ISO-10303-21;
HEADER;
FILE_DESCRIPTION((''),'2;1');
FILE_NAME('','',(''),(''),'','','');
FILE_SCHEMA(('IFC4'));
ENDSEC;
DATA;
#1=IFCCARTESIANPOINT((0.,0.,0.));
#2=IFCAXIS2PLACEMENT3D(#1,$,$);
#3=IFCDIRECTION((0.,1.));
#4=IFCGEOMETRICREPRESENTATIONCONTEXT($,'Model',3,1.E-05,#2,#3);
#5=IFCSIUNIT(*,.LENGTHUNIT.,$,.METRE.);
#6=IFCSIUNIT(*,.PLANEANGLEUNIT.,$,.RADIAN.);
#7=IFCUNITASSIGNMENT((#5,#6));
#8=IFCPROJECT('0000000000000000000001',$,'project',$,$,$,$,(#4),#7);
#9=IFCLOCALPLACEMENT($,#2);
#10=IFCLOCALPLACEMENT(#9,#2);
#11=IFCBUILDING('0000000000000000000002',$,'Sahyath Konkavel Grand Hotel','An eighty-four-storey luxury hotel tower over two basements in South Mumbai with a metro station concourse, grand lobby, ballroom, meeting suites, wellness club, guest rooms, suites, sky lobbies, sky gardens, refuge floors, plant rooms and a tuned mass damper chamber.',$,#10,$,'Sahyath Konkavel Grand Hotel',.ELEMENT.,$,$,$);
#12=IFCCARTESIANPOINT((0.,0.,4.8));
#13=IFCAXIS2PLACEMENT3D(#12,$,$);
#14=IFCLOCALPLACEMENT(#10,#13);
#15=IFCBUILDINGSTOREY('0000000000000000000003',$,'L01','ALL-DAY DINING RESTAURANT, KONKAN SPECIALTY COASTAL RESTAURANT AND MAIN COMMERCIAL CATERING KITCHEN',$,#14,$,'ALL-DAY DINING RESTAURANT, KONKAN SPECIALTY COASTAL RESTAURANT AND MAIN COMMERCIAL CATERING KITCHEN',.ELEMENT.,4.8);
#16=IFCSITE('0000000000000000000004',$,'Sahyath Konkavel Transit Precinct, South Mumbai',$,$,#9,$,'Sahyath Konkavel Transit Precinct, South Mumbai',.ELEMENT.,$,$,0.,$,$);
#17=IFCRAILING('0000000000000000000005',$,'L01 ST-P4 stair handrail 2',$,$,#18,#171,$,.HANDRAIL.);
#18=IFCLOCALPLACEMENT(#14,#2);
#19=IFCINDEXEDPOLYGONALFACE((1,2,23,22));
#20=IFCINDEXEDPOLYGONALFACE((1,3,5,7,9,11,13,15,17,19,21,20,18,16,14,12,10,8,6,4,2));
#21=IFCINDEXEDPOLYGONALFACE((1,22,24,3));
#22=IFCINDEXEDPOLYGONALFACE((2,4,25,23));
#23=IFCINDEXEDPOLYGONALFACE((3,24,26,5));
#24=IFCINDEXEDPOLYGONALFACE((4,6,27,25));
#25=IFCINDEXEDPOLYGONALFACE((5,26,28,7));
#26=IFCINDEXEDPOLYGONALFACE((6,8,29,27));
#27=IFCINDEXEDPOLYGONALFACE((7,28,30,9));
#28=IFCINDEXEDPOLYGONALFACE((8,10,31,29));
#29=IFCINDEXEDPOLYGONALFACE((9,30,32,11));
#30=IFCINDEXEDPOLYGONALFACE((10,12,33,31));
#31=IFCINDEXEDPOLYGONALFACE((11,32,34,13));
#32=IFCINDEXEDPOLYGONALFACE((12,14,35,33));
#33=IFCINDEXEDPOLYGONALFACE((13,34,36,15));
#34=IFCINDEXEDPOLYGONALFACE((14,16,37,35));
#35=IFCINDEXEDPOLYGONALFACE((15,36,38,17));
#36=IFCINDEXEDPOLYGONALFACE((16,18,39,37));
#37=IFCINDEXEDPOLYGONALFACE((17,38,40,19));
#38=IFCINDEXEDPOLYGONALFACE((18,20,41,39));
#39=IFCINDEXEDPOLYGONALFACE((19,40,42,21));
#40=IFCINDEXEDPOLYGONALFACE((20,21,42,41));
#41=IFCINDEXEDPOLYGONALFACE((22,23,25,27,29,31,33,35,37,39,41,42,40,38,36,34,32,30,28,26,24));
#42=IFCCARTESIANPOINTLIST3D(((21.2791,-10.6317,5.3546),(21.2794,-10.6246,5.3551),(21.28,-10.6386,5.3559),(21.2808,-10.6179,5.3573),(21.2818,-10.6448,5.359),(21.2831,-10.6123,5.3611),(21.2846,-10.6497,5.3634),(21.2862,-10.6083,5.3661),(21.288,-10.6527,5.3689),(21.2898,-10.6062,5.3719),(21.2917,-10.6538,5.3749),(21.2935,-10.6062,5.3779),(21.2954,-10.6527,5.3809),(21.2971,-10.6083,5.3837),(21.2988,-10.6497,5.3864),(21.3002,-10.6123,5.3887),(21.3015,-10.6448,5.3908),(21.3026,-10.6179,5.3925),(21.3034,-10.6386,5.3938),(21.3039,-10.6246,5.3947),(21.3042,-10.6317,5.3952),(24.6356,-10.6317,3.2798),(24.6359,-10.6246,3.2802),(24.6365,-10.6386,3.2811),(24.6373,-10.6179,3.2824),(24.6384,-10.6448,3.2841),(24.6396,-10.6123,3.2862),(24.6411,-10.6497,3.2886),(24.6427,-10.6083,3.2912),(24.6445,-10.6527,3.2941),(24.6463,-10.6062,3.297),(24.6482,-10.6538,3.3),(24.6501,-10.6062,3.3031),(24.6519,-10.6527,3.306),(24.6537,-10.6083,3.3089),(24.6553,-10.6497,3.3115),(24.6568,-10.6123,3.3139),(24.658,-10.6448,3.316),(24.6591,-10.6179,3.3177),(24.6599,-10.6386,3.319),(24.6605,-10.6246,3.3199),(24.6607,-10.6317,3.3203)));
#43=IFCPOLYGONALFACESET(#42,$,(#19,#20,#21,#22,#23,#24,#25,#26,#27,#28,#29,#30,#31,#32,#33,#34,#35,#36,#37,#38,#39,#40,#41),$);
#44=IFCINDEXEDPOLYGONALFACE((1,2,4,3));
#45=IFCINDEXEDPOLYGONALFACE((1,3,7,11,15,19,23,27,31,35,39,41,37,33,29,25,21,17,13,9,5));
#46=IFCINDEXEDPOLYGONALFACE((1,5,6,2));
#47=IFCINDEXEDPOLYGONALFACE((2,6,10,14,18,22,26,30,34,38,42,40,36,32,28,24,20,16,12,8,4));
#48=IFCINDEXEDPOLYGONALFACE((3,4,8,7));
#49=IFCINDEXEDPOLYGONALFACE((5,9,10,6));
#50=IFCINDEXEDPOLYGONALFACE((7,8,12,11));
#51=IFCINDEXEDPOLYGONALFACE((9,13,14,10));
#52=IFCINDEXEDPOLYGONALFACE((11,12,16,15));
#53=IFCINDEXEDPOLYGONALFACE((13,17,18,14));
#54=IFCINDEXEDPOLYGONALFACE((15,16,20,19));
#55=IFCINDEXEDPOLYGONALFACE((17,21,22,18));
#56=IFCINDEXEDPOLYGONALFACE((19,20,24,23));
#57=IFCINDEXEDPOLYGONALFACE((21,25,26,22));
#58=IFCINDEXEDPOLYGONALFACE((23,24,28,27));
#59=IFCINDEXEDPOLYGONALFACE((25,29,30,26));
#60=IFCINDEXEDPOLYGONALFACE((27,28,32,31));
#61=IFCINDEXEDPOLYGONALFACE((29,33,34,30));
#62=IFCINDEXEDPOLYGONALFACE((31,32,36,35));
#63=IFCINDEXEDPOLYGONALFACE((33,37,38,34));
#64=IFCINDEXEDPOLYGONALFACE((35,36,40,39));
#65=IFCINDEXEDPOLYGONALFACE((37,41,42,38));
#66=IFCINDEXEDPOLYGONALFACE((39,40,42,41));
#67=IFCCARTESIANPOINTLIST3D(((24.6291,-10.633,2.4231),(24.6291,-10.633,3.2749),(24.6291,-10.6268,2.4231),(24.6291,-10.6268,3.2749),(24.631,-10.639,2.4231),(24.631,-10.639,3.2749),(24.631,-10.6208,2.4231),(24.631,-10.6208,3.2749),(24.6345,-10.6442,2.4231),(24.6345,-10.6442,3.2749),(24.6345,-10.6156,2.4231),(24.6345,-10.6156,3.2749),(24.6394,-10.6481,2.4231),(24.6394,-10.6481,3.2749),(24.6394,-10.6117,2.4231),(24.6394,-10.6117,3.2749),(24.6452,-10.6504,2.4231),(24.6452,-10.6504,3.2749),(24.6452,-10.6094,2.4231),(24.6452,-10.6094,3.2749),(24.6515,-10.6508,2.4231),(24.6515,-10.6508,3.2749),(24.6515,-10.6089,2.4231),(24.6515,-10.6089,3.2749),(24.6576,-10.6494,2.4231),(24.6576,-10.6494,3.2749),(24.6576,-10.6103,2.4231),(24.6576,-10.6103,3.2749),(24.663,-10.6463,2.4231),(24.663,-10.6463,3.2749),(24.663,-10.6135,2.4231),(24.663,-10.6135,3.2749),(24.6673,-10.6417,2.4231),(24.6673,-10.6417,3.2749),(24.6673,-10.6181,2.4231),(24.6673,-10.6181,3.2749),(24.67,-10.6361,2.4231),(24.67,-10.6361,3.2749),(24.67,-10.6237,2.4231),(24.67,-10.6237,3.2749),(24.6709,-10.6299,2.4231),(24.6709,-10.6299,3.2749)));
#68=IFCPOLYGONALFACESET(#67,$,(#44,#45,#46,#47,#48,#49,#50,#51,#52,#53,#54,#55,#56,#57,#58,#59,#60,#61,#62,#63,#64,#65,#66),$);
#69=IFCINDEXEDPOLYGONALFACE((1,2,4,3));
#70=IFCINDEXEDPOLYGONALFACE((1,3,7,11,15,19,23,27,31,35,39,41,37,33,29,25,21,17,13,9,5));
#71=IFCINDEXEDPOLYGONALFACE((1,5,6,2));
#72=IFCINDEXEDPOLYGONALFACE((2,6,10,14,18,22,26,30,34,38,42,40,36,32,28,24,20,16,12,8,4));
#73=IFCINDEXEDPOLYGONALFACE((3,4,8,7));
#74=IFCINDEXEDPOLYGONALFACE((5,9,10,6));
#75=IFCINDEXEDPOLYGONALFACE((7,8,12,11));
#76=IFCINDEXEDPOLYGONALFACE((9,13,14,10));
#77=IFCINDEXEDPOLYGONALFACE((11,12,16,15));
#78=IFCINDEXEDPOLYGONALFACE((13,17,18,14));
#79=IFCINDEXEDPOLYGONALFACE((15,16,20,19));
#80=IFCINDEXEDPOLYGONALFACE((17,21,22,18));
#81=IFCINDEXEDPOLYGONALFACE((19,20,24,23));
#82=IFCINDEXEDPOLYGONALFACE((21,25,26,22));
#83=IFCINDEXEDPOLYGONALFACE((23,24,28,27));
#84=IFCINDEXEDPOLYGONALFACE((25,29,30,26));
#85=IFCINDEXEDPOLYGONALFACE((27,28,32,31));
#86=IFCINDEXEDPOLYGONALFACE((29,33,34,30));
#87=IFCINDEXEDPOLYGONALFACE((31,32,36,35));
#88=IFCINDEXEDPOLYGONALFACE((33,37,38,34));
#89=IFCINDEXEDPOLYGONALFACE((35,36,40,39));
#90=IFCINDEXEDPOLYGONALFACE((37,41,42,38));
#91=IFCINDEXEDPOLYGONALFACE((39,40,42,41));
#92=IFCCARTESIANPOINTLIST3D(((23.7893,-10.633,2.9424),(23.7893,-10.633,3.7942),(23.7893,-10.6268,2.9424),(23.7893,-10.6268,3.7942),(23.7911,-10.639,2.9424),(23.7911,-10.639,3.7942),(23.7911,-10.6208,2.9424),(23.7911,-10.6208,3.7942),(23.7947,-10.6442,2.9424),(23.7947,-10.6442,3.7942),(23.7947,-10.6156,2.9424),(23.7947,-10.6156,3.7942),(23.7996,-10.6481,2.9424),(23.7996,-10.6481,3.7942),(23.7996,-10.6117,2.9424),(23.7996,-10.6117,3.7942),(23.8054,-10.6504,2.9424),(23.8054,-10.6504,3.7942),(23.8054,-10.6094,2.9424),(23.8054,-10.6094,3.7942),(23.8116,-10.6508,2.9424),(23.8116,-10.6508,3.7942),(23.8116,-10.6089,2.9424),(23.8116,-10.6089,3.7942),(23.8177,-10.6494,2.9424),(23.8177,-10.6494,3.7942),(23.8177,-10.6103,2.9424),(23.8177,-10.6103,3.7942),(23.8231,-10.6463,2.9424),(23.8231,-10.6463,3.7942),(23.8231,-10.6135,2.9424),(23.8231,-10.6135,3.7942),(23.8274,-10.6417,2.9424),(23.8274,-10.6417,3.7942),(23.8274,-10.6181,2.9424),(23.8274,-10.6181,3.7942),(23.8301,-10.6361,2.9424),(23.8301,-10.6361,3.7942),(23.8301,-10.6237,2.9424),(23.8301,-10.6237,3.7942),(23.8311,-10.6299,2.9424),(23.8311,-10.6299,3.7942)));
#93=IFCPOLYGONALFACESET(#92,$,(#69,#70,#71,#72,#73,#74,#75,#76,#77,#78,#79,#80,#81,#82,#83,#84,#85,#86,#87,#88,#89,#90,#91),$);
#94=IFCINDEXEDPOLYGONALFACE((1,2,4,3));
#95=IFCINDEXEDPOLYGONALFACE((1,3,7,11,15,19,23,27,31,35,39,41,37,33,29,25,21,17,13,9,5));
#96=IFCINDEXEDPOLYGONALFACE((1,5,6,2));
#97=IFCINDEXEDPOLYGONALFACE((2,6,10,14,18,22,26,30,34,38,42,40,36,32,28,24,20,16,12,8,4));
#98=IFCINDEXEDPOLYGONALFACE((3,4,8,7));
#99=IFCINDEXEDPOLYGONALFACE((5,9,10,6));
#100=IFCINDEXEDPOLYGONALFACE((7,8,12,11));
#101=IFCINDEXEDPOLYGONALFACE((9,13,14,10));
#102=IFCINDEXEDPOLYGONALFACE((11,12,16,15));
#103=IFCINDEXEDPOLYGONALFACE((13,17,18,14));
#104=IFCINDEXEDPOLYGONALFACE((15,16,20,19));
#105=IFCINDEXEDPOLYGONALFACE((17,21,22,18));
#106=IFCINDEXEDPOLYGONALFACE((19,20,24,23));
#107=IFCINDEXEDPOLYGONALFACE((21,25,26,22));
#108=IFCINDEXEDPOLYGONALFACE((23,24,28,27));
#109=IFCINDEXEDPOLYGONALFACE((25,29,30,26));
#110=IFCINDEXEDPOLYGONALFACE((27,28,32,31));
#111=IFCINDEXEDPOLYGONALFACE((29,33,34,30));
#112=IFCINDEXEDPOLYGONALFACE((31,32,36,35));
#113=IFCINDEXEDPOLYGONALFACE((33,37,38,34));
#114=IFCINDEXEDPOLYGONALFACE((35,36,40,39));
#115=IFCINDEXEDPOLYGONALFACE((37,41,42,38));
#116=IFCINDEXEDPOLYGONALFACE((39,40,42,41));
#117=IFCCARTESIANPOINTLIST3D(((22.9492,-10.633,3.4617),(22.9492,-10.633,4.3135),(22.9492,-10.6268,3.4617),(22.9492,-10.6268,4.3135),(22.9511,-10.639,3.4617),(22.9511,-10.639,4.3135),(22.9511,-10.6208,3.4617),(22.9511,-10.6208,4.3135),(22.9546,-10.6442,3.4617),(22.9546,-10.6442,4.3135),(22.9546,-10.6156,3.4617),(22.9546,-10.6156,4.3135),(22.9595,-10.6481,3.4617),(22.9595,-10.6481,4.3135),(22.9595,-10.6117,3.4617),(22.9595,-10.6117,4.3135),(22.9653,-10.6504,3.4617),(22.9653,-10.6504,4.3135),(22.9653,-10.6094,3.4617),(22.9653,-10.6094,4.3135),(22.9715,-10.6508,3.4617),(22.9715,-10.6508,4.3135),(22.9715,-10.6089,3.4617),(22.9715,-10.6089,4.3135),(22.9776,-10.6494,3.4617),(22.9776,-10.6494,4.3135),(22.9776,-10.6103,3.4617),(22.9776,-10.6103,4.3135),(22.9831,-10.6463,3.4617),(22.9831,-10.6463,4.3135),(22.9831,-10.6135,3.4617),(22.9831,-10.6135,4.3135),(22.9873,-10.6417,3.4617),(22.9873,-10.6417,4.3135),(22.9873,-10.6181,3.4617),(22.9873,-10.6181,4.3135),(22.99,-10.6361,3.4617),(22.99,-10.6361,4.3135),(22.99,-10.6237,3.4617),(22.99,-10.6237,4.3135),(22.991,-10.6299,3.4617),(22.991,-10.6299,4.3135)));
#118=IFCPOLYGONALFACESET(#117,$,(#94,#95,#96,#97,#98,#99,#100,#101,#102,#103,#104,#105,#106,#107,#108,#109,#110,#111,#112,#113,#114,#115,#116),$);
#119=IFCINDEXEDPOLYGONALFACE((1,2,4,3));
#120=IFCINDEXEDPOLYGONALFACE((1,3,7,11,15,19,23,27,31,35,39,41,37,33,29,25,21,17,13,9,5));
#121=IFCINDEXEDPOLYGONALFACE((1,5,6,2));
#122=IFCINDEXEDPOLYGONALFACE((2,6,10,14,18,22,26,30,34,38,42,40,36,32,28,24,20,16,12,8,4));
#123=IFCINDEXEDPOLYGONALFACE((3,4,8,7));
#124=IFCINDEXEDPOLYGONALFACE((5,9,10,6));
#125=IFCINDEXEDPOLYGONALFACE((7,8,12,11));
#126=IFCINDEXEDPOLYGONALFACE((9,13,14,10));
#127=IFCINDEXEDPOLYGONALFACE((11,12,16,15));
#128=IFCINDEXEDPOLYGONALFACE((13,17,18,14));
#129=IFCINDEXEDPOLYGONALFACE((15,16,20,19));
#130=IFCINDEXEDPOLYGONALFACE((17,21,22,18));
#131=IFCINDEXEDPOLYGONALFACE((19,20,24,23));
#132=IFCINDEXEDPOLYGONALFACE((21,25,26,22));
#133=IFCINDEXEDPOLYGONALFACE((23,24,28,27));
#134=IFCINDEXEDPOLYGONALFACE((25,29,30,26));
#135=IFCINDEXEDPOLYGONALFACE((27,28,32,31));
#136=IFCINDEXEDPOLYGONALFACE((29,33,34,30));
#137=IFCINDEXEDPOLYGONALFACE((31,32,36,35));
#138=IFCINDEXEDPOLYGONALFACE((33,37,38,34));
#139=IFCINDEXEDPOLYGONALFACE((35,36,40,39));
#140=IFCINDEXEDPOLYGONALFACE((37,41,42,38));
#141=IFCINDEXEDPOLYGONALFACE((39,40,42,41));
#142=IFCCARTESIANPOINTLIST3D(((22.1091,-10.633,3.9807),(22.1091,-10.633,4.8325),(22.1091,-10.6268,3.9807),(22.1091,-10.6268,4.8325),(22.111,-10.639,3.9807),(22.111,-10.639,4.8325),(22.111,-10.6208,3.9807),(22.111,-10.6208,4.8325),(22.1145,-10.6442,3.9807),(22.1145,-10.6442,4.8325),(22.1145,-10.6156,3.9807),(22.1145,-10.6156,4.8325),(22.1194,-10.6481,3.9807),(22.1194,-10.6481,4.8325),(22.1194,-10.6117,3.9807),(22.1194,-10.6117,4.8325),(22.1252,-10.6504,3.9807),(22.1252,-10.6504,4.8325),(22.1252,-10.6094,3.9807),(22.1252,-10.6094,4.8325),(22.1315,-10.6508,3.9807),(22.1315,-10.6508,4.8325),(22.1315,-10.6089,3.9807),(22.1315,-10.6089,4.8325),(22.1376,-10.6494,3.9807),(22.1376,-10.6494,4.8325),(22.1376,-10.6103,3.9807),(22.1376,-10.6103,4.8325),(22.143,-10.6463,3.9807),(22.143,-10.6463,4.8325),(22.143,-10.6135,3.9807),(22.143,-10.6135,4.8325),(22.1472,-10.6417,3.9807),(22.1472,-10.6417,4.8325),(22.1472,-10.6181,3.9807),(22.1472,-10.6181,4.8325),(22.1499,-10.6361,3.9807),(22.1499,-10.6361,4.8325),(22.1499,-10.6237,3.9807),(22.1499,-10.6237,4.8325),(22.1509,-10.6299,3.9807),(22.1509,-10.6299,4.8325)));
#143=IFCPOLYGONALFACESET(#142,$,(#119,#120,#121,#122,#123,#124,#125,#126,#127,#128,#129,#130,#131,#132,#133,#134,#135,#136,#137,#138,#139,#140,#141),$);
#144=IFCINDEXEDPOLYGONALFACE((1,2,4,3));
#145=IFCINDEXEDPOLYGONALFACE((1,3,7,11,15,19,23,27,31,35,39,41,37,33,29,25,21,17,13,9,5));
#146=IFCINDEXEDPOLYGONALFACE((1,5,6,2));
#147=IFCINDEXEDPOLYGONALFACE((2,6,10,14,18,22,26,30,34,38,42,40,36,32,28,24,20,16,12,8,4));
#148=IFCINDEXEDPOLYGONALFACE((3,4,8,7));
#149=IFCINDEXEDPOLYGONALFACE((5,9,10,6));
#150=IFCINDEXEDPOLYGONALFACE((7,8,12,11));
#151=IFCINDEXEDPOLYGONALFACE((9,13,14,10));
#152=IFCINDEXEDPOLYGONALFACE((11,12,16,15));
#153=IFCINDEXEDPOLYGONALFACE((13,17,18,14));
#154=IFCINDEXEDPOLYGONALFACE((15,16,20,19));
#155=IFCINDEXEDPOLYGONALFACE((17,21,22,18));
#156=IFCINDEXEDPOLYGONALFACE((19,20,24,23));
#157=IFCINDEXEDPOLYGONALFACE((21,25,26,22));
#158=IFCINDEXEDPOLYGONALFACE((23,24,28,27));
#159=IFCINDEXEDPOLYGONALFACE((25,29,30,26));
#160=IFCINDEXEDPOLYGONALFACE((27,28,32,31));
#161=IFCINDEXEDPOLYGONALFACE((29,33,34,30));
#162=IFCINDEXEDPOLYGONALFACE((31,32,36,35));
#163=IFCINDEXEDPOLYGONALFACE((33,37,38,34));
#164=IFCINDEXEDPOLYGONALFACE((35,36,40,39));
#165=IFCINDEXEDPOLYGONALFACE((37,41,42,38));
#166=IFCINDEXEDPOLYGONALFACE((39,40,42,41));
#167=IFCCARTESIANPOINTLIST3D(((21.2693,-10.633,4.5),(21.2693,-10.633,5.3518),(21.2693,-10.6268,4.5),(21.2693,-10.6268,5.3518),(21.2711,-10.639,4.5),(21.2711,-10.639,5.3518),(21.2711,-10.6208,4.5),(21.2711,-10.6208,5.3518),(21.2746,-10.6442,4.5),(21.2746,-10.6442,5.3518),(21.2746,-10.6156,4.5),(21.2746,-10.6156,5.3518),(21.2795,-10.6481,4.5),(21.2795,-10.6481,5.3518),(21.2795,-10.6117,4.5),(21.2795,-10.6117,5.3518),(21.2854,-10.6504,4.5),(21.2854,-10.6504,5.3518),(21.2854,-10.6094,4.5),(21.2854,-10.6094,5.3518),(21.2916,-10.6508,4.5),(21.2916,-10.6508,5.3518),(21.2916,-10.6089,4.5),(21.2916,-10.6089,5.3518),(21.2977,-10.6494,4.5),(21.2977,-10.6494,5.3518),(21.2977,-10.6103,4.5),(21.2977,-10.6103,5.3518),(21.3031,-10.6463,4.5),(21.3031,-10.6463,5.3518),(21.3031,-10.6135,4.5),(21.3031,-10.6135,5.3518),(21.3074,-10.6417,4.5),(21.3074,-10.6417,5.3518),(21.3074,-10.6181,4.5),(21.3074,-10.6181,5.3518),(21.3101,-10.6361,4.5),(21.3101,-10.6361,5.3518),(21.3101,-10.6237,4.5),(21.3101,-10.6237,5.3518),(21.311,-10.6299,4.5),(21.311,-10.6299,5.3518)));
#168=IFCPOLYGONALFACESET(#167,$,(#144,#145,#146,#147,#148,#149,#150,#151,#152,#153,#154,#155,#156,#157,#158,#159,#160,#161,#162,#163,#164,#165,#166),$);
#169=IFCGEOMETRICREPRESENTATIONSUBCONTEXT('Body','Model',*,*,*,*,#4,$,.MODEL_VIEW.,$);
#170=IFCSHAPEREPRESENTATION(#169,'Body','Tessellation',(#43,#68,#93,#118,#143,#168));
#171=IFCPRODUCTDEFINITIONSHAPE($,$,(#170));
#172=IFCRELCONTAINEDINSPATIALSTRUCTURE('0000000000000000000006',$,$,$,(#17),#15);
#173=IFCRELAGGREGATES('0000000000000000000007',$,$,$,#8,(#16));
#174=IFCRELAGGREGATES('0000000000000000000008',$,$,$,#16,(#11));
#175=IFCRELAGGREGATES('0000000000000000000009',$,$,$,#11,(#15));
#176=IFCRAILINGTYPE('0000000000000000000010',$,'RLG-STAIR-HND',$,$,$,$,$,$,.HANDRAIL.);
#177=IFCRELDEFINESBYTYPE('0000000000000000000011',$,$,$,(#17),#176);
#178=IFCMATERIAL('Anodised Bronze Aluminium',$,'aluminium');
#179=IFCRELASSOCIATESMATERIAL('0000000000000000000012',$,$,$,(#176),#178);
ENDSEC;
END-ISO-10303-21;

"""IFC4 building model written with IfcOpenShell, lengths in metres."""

from ifc_helpers import new_model, si_unit, direction, frame, origin, origin_2d, place, context, subcontext, project, spatial, circle, extrude, material, type_object, element, save


model = new_model("IFC4")

# Units and contexts
model_context = context("Model", 3, precision=1e-05, world=origin(), true_north=direction((0.0, 1.0)))
body_context = subcontext(model_context, "Body", "Model", "MODEL_VIEW")
ifc_project = project(units=[si_unit("LENGTHUNIT", "METRE"), si_unit("PLANEANGLEUNIT", "RADIAN")], contexts=[model_context])

# Site, building, storey
site_placement = place(None, origin())
site = spatial("IfcSite", under=ifc_project, at=site_placement, Name="Sahyath Konkavel Transit Precinct, South Mumbai", LongName="Sahyath Konkavel Transit Precinct, South Mumbai", CompositionType="ELEMENT", RefElevation=0.0)
building_placement = place(site_placement, origin())
building = spatial("IfcBuilding", under=site, at=building_placement, Name="Sahyath Konkavel Grand Hotel", Description="An eighty-four-storey luxury hotel tower over two basements in South Mumbai with a metro station concourse, grand lobby, ballroom, meeting suites, wellness club, guest rooms, suites, sky lobbies, sky gardens, refuge floors, plant rooms and a tuned mass damper chamber.", LongName="Sahyath Konkavel Grand Hotel", CompositionType="ELEMENT")
storey_placement = place(building_placement, frame((0.0, 0.0, 4.8)))
storey = spatial("IfcBuildingStorey", under=building, at=storey_placement, Name="L01", Description="ALL-DAY DINING RESTAURANT, KONKAN SPECIALTY COASTAL RESTAURANT AND MAIN COMMERCIAL CATERING KITCHEN", LongName="ALL-DAY DINING RESTAURANT, KONKAN SPECIALTY COASTAL RESTAURANT AND MAIN COMMERCIAL CATERING KITCHEN", CompositionType="ELEMENT", Elevation=4.8)

# Shared definitions
ifc_material_1 = material(Name="Anodised Bronze Aluminium", Category="aluminium")

# Railing
railing_type_1 = type_object("IfcRailingType", Name="RLG-STAIR-HND", PredefinedType="HANDRAIL", material=ifc_material_1)
railing_1_placement = place(storey_placement, frame((24.6499, -10.6299, 2.4231)))
element("IfcRailing", 1, at=railing_1_placement, inside=storey, type_object=railing_type_1, Name="L01 ST-P4 stair handrail 2", PredefinedType="HANDRAIL", context=body_context, shape_type="SweptSolid", body=[
    extrude(circle(Radius=0.0239, at=origin_2d()), frame((-0.0017, 0.0, 0.877), z_axis=(-0.850606, 0.0, 0.525803), x_axis=(0.0, -1.0, 0.0)), (0.0, 0.0, 1.0), 3.946),
    extrude(circle(Radius=0.021, at=origin_2d()), origin(), (0.0, 0.0, 1.0), 0.8518),
    extrude(circle(Radius=0.021, at=origin_2d()), frame((-0.8398, 0.0, 0.5193)), (0.0, 0.0, 1.0), 0.8518),
    extrude(circle(Radius=0.021, at=origin_2d()), frame((-1.6799, 0.0, 1.0386)), (0.0, 0.0, 1.0), 0.8518),
    extrude(circle(Radius=0.021, at=origin_2d()), frame((-2.52, 0.0, 1.5576)), (0.0, 0.0, 1.0), 0.8518),
    extrude(circle(Radius=0.021, at=origin_2d()), frame((-3.3599, 0.0, 2.0769)), (0.0, 0.0, 1.0), 0.8518),
])

save(model, "model.ifc")
